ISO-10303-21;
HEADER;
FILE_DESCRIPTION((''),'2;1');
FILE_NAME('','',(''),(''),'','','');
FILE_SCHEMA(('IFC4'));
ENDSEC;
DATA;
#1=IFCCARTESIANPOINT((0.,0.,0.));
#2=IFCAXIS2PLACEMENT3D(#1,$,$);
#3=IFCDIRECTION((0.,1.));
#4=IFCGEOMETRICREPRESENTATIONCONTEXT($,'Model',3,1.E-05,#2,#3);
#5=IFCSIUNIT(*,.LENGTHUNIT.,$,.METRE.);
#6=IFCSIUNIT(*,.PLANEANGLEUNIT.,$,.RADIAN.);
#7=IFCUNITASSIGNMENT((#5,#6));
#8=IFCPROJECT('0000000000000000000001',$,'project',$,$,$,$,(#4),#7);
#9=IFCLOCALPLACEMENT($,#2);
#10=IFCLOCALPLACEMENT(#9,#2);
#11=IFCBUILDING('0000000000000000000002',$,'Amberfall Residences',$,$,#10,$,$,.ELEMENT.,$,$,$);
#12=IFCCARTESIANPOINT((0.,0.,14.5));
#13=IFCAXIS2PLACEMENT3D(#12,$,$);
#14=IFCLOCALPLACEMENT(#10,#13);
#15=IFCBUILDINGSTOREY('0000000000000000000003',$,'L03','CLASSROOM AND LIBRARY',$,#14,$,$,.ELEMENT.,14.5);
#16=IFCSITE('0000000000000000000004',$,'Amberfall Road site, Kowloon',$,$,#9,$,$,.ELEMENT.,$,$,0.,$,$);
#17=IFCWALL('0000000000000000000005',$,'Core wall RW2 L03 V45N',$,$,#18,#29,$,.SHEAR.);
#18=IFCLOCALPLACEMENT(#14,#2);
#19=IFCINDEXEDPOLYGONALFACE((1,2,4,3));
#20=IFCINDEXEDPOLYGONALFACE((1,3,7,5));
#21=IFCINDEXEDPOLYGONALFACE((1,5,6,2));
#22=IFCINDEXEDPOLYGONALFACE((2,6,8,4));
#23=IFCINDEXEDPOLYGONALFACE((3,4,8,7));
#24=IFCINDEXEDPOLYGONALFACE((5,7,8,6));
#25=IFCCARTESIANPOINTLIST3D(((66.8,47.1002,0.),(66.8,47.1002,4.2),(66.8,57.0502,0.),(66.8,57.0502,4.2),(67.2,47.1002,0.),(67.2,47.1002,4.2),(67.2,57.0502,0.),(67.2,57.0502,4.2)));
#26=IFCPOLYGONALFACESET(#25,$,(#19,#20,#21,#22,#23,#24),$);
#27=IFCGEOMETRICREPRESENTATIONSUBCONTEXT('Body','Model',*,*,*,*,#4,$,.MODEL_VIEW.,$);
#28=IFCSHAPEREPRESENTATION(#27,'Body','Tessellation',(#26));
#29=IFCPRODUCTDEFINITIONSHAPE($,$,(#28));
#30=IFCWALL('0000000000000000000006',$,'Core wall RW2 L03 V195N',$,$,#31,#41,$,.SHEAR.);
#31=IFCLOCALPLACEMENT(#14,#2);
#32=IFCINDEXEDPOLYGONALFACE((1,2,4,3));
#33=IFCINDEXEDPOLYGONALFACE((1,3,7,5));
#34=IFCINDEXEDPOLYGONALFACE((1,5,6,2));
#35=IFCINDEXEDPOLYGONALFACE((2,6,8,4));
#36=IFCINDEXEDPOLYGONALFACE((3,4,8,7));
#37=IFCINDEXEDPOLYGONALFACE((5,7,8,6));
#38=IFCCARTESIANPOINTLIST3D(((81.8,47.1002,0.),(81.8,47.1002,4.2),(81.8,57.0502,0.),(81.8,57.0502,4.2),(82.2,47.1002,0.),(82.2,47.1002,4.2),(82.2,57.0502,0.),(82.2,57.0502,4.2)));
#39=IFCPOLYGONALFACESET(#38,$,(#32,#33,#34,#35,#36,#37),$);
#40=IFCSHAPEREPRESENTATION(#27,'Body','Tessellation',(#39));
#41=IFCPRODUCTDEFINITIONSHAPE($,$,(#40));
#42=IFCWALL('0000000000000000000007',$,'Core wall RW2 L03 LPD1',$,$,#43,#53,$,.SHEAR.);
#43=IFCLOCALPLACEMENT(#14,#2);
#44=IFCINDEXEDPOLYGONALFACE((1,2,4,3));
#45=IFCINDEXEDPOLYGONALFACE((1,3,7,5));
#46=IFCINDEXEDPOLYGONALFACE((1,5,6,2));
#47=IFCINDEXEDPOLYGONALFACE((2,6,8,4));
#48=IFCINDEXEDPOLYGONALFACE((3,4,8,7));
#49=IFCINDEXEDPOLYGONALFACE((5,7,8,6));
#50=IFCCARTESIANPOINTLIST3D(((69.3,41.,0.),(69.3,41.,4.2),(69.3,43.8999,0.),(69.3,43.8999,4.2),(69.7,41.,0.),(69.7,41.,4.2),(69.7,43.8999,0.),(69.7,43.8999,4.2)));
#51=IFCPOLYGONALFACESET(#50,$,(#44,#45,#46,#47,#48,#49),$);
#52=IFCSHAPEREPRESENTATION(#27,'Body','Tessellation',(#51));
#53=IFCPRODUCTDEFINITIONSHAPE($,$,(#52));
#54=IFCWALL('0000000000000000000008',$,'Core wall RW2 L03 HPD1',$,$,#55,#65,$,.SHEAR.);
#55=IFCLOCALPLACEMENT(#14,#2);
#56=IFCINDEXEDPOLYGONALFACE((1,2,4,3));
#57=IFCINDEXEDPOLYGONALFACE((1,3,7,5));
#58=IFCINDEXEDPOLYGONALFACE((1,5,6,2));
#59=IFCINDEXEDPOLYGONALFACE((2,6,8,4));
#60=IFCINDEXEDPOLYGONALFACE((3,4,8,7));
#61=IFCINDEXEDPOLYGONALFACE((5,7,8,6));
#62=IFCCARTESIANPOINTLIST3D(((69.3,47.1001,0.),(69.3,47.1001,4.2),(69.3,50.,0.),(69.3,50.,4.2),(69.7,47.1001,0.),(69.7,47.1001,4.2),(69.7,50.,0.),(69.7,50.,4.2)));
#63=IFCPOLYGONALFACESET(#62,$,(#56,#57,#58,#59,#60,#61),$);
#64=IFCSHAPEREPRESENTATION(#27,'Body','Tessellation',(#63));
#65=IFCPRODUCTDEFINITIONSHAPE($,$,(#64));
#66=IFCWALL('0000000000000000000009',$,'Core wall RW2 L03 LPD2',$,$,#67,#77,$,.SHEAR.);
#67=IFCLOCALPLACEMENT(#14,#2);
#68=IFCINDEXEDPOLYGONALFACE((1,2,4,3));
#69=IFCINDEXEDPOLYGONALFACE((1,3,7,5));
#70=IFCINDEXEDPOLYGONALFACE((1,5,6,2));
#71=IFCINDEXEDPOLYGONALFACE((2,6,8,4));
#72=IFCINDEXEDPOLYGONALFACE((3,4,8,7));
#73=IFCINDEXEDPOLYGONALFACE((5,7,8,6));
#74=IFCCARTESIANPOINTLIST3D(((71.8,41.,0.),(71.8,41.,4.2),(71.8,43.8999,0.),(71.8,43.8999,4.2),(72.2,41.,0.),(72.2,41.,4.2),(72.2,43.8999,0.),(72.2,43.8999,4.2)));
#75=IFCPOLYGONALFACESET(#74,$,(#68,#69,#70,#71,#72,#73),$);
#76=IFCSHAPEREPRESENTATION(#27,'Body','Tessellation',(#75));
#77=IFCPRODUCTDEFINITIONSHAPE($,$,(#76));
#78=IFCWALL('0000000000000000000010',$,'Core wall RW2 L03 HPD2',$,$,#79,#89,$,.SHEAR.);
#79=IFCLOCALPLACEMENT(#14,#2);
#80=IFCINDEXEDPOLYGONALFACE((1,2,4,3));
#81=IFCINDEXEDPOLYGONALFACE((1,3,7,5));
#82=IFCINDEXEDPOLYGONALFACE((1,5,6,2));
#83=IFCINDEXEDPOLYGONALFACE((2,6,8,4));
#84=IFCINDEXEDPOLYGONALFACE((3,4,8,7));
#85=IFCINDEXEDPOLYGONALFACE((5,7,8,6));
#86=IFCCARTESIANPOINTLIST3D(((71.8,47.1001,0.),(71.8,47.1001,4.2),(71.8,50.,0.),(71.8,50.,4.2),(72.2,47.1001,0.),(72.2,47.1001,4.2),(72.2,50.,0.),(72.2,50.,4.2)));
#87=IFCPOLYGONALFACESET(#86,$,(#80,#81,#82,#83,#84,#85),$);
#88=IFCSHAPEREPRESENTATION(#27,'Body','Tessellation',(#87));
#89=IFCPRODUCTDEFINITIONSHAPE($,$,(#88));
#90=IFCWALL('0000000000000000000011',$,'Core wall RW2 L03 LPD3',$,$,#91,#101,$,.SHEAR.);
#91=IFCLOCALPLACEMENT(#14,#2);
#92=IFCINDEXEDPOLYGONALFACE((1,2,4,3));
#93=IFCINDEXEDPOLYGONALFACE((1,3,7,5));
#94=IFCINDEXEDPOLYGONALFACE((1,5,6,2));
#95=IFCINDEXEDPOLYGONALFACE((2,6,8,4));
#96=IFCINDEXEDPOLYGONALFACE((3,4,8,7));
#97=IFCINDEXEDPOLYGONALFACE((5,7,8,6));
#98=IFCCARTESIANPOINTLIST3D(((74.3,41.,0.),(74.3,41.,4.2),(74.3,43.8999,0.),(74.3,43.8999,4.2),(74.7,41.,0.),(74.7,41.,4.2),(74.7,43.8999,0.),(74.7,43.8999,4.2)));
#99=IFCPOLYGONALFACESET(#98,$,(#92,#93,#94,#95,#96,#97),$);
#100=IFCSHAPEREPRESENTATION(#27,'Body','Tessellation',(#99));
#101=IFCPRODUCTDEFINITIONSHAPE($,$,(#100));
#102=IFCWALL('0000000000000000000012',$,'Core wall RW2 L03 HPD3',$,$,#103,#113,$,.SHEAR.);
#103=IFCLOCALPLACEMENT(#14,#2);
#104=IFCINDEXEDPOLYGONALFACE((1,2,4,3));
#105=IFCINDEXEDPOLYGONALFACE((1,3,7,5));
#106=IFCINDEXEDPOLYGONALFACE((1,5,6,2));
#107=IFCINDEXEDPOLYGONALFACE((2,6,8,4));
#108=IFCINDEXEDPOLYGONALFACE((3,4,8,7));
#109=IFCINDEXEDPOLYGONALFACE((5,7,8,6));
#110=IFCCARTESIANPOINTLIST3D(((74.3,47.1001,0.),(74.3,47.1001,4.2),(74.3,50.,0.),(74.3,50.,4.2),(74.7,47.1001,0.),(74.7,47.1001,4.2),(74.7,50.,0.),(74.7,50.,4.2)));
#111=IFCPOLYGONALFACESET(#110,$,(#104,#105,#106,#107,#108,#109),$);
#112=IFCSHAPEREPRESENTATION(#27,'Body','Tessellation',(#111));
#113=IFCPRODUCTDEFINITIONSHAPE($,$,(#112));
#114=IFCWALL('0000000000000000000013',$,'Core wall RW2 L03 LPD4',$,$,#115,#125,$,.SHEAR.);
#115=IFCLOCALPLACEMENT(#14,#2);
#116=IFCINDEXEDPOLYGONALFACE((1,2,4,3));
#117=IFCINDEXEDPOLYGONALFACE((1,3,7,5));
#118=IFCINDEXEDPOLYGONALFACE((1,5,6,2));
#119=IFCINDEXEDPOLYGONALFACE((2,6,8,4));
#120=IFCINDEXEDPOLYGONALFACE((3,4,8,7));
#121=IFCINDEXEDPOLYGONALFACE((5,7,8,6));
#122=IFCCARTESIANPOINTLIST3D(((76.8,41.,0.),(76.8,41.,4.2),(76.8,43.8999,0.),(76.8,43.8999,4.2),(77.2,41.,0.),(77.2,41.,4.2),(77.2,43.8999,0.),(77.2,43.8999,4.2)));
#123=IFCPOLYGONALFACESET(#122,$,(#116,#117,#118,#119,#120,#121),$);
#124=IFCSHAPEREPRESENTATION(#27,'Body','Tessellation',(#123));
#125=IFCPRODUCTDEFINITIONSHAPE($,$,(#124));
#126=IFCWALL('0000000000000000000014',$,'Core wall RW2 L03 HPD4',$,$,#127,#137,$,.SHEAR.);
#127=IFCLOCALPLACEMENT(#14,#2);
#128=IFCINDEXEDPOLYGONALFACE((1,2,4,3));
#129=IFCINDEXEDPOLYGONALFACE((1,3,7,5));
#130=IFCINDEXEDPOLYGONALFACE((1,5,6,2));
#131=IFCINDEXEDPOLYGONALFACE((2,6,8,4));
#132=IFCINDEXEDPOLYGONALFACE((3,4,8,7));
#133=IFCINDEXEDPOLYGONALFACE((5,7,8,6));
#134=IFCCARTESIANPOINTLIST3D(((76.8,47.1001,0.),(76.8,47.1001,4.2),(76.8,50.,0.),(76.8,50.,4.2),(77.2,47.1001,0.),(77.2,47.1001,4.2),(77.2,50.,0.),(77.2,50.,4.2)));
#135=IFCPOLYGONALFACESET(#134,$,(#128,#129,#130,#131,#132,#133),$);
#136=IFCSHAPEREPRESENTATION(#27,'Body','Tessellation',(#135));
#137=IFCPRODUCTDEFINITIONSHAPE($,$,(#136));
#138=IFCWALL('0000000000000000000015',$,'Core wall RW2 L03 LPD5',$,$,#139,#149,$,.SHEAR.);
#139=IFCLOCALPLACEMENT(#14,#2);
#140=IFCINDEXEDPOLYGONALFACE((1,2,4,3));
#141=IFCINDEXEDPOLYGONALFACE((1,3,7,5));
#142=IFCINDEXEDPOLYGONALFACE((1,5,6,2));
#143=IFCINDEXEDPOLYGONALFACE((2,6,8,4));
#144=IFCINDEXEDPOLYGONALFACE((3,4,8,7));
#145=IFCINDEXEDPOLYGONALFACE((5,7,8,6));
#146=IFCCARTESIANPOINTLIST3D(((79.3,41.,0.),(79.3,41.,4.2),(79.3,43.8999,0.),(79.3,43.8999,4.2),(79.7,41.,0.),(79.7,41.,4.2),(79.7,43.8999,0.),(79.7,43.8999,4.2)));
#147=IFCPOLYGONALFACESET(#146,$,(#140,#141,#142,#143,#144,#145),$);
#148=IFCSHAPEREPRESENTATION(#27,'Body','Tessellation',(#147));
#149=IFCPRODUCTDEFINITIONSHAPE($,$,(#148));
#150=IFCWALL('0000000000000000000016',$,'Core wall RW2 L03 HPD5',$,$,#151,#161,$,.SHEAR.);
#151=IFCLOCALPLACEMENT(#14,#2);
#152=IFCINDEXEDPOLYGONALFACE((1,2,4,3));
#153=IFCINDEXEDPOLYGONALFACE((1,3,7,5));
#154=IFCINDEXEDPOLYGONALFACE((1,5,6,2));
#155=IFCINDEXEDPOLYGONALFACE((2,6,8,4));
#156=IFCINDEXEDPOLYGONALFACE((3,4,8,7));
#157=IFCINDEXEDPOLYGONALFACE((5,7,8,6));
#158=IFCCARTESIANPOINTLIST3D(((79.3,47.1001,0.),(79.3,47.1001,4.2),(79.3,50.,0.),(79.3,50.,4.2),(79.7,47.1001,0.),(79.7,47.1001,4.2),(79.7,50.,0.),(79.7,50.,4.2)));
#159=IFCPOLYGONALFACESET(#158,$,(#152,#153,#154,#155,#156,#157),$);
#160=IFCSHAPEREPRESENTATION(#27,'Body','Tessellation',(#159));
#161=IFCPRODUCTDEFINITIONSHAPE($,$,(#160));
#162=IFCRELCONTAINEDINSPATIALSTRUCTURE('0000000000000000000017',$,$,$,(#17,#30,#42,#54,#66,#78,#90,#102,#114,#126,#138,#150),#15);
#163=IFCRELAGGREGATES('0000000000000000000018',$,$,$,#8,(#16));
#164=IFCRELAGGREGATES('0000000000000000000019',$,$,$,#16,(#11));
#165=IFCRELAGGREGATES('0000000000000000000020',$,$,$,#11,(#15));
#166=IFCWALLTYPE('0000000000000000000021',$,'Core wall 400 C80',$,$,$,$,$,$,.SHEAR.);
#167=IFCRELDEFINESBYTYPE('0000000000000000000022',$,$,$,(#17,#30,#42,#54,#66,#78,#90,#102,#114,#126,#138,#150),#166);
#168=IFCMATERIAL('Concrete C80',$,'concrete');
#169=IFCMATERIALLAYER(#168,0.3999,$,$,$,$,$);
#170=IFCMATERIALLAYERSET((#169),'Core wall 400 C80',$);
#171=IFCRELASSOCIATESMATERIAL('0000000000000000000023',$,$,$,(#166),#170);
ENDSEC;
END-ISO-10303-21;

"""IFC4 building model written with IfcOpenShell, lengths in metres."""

from ifc_helpers import new_model, si_unit, direction, frame, frame_2d, origin, place, context, subcontext, project, spatial, rectangle, extrude, material, layer, layer_set, type_object, element, save


model = new_model("IFC4")

# Units and contexts
model_context = context("Model", 3, precision=1e-05, world=origin(), true_north=direction((0.0, 1.0)))
body_context = subcontext(model_context, "Body", "Model", "MODEL_VIEW")
ifc_project = project(units=[si_unit("LENGTHUNIT", "METRE"), si_unit("PLANEANGLEUNIT", "RADIAN")], contexts=[model_context])

# Site, building, storey
site_placement = place(None, origin())
site = spatial("IfcSite", under=ifc_project, at=site_placement, Name="Amberfall Road site, Kowloon", CompositionType="ELEMENT", RefElevation=0.0)
building_placement = place(site_placement, origin())
building = spatial("IfcBuilding", under=site, at=building_placement, Name="Amberfall Residences", CompositionType="ELEMENT")
storey_placement = place(building_placement, frame((0.0, 0.0, 14.5)))
storey = spatial("IfcBuildingStorey", under=building, at=storey_placement, Name="L03", Description="CLASSROOM AND LIBRARY", CompositionType="ELEMENT", Elevation=14.5)

# Walls
ifc_material_1 = material(Name="Concrete C80", Category="concrete")
ifc_layer_1 = layer(ifc_material_1, 0.3999)
ifc_layer_set_1 = layer_set([ifc_layer_1], Name="Core wall 400 C80")
wall_type_1 = type_object("IfcWallType", Name="Core wall 400 C80", PredefinedType="SHEAR", material=ifc_layer_set_1)
for number, where, z_axis, x_axis, name in (
    (1, (67.0, 47.1001, 0.0), (0.0, 0.0, 1.0), (0.0, 1.0, 0.0), "Core wall RW2 L03 V45N"),
    (2, (82.0, 47.1001, 0.0), (0.0, 0.0, 1.0), (0.0, 1.0, 0.0), "Core wall RW2 L03 V195N"),
):
    element("IfcWall", number, at=place(storey_placement, frame(where, z_axis=z_axis, x_axis=x_axis)), inside=storey, type_object=wall_type_1, Name=name, PredefinedType="SHEAR", context=body_context, shape_type="SweptSolid", body=[
        extrude(rectangle(XDim=9.95, YDim=0.3999, at=frame_2d((4.9751, 0.0))), origin(), (0.0, 0.0, 1.0), 4.2),
    ])
for number, where, z_axis, x_axis, name in (
    (3, (69.5, 41.0, 0.0), (0.0, 0.0, 1.0), (0.0, 1.0, 0.0), "Core wall RW2 L03 LPD1"),
    (4, (69.5, 47.1001, 0.0), (0.0, 0.0, 1.0), (0.0, 1.0, 0.0), "Core wall RW2 L03 HPD1"),
    (5, (72.0, 41.0, 0.0), (0.0, 0.0, 1.0), (0.0, 1.0, 0.0), "Core wall RW2 L03 LPD2"),
    (6, (72.0, 47.1001, 0.0), (0.0, 0.0, 1.0), (0.0, 1.0, 0.0), "Core wall RW2 L03 HPD2"),
    (7, (74.5, 41.0, 0.0), (0.0, 0.0, 1.0), (0.0, 1.0, 0.0), "Core wall RW2 L03 LPD3"),
    (8, (74.5, 47.1001, 0.0), (0.0, 0.0, 1.0), (0.0, 1.0, 0.0), "Core wall RW2 L03 HPD3"),
    (9, (77.0, 41.0, 0.0), (0.0, 0.0, 1.0), (0.0, 1.0, 0.0), "Core wall RW2 L03 LPD4"),
    (10, (77.0, 47.1001, 0.0), (0.0, 0.0, 1.0), (0.0, 1.0, 0.0), "Core wall RW2 L03 HPD4"),
    (11, (79.5, 41.0, 0.0), (0.0, 0.0, 1.0), (0.0, 1.0, 0.0), "Core wall RW2 L03 LPD5"),
    (12, (79.5, 47.1001, 0.0), (0.0, 0.0, 1.0), (0.0, 1.0, 0.0), "Core wall RW2 L03 HPD5"),
):
    element("IfcWall", number, at=place(storey_placement, frame(where, z_axis=z_axis, x_axis=x_axis)), inside=storey, type_object=wall_type_1, Name=name, PredefinedType="SHEAR", context=body_context, shape_type="SweptSolid", body=[
        extrude(rectangle(XDim=2.8999, YDim=0.3999, at=frame_2d((1.45, 0.0))), origin(), (0.0, 0.0, 1.0), 4.2),
    ])

save(model, "model.ifc")
